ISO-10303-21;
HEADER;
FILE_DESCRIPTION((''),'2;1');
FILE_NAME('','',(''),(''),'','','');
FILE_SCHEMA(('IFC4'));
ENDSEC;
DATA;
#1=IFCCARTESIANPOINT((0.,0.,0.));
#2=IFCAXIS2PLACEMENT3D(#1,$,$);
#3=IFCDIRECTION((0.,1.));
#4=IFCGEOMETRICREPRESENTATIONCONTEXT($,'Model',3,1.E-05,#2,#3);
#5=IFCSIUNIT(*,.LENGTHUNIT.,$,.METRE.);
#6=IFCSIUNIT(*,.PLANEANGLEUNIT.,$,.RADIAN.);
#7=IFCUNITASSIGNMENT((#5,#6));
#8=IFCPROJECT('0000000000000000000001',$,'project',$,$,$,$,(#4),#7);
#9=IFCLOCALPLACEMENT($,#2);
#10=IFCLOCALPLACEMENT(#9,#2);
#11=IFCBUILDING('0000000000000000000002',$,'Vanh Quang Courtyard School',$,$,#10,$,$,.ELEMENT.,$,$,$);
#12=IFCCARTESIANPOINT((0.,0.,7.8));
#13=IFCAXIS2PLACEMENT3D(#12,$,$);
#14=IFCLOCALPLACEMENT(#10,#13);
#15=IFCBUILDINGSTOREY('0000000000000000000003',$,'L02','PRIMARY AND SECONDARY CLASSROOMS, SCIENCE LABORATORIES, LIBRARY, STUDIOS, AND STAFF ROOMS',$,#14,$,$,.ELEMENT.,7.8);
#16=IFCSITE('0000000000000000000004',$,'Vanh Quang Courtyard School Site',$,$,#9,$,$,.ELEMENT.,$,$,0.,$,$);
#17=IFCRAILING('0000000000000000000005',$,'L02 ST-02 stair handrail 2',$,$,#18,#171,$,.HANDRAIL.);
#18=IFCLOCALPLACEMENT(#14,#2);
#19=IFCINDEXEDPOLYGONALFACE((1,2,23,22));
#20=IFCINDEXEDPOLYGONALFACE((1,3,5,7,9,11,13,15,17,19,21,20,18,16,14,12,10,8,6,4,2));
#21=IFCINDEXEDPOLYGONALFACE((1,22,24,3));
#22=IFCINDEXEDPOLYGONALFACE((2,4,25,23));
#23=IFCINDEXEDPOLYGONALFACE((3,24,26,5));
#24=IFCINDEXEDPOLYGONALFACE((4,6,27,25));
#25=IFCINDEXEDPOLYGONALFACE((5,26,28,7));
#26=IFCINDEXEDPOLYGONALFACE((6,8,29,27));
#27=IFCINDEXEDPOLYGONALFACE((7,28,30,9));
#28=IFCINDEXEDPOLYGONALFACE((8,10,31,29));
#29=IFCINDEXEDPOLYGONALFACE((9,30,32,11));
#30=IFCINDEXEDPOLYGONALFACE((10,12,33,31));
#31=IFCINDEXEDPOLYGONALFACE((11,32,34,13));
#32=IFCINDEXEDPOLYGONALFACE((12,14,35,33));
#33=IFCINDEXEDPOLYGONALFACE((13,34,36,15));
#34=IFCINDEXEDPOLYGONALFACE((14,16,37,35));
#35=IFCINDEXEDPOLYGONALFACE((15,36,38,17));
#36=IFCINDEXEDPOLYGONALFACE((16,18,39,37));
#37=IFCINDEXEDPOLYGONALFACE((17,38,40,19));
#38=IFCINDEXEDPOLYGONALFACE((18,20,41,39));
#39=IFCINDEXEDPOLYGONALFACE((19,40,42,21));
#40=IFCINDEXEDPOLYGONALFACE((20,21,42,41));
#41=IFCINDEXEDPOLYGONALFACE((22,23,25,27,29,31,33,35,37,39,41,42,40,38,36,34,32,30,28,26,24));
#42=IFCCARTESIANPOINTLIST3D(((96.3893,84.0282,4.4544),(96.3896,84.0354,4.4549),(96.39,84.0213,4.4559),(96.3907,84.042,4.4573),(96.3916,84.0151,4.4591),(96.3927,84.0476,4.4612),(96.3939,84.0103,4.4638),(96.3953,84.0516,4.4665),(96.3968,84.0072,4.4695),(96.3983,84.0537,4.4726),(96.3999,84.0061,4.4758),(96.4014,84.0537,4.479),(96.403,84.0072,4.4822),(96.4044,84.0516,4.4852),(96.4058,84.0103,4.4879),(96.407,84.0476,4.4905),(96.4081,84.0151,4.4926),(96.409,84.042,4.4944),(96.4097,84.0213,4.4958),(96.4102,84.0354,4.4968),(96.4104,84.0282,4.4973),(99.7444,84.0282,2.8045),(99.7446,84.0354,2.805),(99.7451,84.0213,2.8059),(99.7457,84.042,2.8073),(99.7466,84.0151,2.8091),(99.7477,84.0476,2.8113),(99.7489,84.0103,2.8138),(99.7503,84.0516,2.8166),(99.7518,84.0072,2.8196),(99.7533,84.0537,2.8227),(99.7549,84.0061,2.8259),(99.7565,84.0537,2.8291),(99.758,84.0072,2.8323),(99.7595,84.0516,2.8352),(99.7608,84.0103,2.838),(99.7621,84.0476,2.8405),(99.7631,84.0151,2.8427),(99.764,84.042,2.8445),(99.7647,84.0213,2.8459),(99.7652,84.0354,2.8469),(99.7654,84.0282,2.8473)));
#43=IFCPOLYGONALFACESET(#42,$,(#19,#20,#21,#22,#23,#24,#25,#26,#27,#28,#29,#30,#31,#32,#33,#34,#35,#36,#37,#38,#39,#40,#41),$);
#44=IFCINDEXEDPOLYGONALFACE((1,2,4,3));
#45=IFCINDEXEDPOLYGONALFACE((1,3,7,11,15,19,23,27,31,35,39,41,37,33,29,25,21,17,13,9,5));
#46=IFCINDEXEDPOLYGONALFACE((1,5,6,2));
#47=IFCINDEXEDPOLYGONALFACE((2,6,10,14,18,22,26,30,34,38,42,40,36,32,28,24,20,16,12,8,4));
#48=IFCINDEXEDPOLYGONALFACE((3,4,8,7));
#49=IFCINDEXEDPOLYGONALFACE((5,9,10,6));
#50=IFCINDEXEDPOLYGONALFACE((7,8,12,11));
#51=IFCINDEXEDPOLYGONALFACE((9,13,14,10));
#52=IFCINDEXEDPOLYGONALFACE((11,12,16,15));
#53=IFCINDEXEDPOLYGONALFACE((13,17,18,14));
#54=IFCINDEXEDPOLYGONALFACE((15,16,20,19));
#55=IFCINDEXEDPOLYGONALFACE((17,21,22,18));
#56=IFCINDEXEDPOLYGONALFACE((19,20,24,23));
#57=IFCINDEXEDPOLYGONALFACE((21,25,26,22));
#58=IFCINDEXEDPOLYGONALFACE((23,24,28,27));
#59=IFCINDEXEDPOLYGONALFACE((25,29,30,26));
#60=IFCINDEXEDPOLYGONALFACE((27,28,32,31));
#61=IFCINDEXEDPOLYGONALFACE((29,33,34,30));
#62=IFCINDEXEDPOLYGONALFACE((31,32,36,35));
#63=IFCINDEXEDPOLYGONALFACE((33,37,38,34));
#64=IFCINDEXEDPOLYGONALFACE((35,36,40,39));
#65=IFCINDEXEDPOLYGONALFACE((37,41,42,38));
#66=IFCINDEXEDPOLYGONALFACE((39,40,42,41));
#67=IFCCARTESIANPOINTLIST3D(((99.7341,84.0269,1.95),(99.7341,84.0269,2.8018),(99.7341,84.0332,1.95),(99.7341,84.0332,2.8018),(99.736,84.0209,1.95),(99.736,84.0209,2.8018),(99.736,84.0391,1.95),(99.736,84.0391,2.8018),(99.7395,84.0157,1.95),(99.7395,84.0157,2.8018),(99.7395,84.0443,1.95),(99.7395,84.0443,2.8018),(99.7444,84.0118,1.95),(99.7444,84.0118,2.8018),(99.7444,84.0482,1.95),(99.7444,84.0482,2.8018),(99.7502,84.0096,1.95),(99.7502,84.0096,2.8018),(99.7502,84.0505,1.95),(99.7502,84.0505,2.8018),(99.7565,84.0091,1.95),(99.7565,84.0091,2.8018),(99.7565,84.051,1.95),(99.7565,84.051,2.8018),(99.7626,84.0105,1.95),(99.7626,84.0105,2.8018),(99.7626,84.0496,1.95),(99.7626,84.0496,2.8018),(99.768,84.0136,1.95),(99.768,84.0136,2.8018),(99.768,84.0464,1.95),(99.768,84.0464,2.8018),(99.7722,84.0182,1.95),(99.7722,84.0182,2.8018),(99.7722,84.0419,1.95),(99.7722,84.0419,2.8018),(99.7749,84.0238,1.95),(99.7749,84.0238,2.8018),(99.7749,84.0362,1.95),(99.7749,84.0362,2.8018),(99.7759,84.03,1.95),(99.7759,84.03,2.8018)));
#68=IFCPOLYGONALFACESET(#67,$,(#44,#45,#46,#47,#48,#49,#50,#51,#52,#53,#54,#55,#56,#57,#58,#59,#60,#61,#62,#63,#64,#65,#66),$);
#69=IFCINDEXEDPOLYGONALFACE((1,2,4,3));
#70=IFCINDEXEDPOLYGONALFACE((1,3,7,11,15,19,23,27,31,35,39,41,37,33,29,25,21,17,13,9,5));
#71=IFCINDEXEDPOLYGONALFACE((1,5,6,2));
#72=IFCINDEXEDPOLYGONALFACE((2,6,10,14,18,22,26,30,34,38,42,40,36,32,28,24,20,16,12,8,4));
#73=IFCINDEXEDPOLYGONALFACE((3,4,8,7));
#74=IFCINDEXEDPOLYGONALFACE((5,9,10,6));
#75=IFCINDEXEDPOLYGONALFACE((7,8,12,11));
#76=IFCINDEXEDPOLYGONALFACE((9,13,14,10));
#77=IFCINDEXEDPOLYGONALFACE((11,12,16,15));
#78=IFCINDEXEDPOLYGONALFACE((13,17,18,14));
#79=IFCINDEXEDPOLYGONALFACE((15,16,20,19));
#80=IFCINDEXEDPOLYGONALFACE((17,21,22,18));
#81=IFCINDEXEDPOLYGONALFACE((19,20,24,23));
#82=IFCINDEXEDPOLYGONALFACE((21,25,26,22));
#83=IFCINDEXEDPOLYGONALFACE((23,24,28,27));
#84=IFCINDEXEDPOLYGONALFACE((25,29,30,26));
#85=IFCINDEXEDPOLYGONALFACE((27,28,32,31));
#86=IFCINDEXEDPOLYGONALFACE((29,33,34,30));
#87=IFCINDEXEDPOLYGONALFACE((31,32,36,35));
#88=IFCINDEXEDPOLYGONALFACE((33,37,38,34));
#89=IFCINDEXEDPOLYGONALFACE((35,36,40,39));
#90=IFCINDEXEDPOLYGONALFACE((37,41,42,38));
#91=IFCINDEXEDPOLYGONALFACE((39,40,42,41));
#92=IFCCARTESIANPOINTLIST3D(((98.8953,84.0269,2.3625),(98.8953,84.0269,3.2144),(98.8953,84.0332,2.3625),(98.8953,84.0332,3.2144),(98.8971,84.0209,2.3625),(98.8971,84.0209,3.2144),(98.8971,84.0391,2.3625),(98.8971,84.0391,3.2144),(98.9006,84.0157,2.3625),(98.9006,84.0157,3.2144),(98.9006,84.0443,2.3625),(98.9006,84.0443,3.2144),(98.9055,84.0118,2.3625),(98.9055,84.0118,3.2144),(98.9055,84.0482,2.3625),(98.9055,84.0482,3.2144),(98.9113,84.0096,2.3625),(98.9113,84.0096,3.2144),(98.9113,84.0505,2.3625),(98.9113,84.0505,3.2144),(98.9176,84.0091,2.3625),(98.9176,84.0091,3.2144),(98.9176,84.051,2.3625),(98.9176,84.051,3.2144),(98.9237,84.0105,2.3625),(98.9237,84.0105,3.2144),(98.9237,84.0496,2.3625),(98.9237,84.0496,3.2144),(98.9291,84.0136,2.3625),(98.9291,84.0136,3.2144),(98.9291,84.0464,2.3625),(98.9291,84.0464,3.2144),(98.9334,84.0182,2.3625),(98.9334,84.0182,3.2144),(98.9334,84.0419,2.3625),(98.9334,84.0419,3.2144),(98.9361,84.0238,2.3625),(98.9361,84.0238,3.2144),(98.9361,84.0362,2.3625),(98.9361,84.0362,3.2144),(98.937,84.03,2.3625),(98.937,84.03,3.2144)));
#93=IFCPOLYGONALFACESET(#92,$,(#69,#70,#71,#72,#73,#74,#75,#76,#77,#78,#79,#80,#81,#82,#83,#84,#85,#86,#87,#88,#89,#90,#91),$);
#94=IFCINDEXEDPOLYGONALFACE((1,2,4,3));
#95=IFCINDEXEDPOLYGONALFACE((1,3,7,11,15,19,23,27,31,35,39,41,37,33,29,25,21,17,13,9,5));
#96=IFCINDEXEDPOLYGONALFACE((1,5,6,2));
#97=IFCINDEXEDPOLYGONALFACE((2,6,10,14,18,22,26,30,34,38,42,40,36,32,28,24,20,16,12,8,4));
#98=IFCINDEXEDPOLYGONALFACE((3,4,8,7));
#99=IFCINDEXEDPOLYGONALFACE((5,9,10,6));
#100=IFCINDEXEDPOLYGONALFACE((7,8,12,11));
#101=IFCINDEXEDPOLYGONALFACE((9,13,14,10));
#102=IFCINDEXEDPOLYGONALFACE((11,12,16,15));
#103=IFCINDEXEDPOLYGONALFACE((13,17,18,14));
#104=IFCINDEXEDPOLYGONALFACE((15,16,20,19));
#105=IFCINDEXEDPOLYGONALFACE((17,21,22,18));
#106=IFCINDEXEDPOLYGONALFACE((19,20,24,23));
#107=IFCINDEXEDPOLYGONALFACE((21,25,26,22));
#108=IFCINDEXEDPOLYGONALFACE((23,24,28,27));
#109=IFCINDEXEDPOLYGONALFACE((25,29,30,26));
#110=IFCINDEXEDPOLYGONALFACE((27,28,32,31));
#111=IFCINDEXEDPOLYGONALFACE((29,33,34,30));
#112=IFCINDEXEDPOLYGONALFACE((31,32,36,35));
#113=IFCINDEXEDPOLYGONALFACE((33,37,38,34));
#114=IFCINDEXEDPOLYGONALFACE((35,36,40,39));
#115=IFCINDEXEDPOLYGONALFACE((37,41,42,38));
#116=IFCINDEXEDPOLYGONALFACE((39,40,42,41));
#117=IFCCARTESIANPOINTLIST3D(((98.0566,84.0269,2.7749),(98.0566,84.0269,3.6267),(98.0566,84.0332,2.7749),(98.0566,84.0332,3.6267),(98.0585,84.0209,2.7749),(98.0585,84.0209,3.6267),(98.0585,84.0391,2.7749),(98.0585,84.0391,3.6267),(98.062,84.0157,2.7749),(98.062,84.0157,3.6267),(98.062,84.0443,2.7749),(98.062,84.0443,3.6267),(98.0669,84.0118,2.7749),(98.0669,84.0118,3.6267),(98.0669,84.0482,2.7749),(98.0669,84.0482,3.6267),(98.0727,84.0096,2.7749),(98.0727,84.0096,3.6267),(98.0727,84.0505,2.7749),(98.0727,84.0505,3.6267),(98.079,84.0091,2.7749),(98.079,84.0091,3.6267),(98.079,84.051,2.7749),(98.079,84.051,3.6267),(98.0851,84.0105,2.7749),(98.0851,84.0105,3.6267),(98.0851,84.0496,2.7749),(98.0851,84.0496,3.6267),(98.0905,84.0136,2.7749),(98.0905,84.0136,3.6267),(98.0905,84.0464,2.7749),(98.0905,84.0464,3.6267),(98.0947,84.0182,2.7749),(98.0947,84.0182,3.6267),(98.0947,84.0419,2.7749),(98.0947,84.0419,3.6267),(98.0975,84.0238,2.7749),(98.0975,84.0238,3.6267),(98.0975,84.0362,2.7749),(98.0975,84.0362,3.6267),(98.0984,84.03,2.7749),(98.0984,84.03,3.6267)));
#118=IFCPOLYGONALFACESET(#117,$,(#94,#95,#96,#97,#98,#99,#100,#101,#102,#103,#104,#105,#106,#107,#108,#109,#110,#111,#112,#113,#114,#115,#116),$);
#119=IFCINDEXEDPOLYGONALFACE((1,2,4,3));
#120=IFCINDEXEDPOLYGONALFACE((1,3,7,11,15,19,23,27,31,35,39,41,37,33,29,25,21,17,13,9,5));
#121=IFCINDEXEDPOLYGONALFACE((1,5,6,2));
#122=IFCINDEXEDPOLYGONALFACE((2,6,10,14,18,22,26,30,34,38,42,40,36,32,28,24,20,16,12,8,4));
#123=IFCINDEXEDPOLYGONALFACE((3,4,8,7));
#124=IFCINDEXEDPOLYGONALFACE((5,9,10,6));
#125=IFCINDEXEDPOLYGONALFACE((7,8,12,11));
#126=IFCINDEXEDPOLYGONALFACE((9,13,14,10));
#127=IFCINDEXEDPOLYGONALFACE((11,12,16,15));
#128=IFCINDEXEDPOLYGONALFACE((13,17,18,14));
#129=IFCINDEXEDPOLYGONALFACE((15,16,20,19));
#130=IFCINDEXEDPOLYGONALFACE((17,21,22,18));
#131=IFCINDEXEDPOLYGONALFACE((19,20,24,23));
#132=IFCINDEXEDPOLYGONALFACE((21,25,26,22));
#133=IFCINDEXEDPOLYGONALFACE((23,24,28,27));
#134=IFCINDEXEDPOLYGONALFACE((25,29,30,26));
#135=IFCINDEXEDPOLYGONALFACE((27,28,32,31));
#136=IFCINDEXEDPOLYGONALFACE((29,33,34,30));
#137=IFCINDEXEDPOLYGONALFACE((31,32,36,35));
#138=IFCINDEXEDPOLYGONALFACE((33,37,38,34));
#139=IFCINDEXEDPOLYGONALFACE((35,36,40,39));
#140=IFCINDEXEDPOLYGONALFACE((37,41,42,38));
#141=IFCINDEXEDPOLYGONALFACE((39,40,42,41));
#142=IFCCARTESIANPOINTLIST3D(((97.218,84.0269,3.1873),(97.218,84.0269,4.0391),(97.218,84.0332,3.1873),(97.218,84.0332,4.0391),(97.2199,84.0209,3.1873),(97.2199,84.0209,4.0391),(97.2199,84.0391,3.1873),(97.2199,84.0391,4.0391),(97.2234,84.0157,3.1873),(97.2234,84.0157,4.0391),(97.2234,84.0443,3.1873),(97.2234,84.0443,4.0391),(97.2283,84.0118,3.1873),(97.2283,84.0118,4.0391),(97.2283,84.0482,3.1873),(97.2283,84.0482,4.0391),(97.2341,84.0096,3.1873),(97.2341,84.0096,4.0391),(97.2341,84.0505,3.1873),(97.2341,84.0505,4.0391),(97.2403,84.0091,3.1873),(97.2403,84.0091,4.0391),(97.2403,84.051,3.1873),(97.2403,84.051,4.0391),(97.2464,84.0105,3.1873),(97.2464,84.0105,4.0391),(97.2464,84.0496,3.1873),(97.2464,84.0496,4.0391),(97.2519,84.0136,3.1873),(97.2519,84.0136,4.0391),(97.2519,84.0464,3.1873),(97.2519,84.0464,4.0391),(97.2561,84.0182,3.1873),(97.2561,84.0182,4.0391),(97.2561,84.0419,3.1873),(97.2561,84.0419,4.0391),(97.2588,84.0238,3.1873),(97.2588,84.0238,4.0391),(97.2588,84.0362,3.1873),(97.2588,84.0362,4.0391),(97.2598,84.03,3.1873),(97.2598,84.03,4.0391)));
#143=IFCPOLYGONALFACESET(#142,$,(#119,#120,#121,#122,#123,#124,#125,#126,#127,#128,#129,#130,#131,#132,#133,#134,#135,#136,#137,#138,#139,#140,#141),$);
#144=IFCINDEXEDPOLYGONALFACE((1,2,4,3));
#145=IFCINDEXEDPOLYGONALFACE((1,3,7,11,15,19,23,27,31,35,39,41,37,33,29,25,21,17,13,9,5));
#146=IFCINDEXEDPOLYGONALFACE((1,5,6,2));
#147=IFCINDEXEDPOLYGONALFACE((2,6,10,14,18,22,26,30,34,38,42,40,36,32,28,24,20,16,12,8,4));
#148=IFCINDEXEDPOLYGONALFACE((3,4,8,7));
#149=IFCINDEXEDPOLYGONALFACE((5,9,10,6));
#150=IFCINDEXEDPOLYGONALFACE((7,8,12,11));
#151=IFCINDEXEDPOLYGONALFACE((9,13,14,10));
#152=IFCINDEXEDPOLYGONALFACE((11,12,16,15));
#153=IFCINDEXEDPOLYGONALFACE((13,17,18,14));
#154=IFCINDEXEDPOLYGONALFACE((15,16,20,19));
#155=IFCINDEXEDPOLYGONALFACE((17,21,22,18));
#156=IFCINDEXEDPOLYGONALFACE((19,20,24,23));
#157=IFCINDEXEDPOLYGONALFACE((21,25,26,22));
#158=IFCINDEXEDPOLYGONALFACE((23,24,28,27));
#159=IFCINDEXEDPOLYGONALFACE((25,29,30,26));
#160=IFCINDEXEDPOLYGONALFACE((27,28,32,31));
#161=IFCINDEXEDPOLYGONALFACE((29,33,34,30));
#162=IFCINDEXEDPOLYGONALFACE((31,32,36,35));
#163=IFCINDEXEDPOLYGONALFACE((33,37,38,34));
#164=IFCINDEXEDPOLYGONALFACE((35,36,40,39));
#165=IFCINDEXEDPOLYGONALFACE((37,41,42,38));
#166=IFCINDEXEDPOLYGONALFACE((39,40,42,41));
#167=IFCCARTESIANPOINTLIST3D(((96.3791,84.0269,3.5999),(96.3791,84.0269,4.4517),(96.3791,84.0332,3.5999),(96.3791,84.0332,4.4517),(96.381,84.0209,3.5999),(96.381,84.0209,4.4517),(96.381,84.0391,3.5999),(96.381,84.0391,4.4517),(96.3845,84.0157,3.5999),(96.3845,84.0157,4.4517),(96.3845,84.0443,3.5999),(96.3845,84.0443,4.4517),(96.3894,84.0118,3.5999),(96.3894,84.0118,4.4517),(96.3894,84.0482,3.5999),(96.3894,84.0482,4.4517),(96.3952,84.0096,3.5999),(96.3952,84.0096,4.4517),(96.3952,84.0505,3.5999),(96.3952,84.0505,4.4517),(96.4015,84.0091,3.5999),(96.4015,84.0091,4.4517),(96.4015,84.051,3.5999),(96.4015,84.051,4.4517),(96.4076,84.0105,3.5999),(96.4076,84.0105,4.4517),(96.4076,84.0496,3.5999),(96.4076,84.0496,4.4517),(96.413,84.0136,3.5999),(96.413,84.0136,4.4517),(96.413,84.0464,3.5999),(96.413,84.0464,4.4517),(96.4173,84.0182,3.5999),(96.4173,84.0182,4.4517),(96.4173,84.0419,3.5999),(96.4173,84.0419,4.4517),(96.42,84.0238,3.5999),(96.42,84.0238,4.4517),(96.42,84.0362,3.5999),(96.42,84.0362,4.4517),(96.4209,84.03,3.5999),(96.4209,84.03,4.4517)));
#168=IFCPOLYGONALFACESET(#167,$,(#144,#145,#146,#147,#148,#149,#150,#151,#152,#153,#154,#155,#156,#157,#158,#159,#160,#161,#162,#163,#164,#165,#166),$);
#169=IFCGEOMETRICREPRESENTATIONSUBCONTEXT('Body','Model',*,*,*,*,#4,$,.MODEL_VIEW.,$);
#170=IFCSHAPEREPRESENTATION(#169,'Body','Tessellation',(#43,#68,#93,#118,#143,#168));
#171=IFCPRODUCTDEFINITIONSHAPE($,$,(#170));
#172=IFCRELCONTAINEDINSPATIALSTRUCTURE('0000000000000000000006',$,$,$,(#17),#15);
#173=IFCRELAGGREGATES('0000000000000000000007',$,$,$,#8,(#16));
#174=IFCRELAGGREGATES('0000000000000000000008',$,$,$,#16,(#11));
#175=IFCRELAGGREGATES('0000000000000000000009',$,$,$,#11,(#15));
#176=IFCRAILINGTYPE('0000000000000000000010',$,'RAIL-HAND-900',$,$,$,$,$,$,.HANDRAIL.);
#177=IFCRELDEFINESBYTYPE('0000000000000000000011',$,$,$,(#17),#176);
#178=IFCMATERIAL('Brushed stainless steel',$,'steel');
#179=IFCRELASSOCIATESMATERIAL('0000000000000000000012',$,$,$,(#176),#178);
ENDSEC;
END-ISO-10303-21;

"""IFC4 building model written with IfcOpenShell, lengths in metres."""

from ifc_helpers import new_model, si_unit, direction, frame, origin, origin_2d, place, context, subcontext, project, spatial, circle, extrude, material, type_object, element, save


model = new_model("IFC4")

# Units and contexts
model_context = context("Model", 3, precision=1e-05, world=origin(), true_north=direction((0.0, 1.0)))
body_context = subcontext(model_context, "Body", "Model", "MODEL_VIEW")
ifc_project = project(units=[si_unit("LENGTHUNIT", "METRE"), si_unit("PLANEANGLEUNIT", "RADIAN")], contexts=[model_context])

# Site, building, storey
site_placement = place(None, origin())
site = spatial("IfcSite", under=ifc_project, at=site_placement, Name="Vanh Quang Courtyard School Site", CompositionType="ELEMENT", RefElevation=0.0)
building_placement = place(site_placement, origin())
building = spatial("IfcBuilding", under=site, at=building_placement, Name="Vanh Quang Courtyard School", CompositionType="ELEMENT")
storey_placement = place(building_placement, frame((0.0, 0.0, 7.8)))
storey = spatial("IfcBuildingStorey", under=building, at=storey_placement, Name="L02", Description="PRIMARY AND SECONDARY CLASSROOMS, SCIENCE LABORATORIES, LIBRARY, STUDIOS, AND STAFF ROOMS", CompositionType="ELEMENT", Elevation=7.8)

# Railing
ifc_material_1 = material(Name="Brushed stainless steel", Category="steel")
railing_type_1 = type_object("IfcRailingType", Name="RAIL-HAND-900", PredefinedType="HANDRAIL", material=ifc_material_1)
railing_1_placement = place(storey_placement, frame((99.7549, 84.03, 1.95)))
element("IfcRailing", 1, at=railing_1_placement, inside=storey, type_object=railing_type_1, Name="L02 ST-02 stair handrail 2", PredefinedType="HANDRAIL", context=body_context, shape_type="SweptSolid", body=[
    extrude(circle(Radius=0.0239, at=origin_2d()), frame((0.0, 0.0, 0.876), z_axis=(-0.897359, 0.0, 0.441301), x_axis=(0.0, -1.0, 0.0)), (0.0, 0.0, 1.0), 3.7388),
    extrude(circle(Radius=0.021, at=origin_2d()), origin(), (0.0, 0.0, 1.0), 0.8518),
    extrude(circle(Radius=0.021, at=origin_2d()), frame((-0.8389, 0.0, 0.4126)), (0.0, 0.0, 1.0), 0.8518),
    extrude(circle(Radius=0.021, at=origin_2d()), frame((-1.6775, 0.0, 0.825)), (0.0, 0.0, 1.0), 0.8518),
    extrude(circle(Radius=0.021, at=origin_2d()), frame((-2.5161, 0.0, 1.2373)), (0.0, 0.0, 1.0), 0.8518),
    extrude(circle(Radius=0.021, at=origin_2d()), frame((-3.355, 0.0, 1.6499)), (0.0, 0.0, 1.0), 0.8518),
])

save(model, "model.ifc")
